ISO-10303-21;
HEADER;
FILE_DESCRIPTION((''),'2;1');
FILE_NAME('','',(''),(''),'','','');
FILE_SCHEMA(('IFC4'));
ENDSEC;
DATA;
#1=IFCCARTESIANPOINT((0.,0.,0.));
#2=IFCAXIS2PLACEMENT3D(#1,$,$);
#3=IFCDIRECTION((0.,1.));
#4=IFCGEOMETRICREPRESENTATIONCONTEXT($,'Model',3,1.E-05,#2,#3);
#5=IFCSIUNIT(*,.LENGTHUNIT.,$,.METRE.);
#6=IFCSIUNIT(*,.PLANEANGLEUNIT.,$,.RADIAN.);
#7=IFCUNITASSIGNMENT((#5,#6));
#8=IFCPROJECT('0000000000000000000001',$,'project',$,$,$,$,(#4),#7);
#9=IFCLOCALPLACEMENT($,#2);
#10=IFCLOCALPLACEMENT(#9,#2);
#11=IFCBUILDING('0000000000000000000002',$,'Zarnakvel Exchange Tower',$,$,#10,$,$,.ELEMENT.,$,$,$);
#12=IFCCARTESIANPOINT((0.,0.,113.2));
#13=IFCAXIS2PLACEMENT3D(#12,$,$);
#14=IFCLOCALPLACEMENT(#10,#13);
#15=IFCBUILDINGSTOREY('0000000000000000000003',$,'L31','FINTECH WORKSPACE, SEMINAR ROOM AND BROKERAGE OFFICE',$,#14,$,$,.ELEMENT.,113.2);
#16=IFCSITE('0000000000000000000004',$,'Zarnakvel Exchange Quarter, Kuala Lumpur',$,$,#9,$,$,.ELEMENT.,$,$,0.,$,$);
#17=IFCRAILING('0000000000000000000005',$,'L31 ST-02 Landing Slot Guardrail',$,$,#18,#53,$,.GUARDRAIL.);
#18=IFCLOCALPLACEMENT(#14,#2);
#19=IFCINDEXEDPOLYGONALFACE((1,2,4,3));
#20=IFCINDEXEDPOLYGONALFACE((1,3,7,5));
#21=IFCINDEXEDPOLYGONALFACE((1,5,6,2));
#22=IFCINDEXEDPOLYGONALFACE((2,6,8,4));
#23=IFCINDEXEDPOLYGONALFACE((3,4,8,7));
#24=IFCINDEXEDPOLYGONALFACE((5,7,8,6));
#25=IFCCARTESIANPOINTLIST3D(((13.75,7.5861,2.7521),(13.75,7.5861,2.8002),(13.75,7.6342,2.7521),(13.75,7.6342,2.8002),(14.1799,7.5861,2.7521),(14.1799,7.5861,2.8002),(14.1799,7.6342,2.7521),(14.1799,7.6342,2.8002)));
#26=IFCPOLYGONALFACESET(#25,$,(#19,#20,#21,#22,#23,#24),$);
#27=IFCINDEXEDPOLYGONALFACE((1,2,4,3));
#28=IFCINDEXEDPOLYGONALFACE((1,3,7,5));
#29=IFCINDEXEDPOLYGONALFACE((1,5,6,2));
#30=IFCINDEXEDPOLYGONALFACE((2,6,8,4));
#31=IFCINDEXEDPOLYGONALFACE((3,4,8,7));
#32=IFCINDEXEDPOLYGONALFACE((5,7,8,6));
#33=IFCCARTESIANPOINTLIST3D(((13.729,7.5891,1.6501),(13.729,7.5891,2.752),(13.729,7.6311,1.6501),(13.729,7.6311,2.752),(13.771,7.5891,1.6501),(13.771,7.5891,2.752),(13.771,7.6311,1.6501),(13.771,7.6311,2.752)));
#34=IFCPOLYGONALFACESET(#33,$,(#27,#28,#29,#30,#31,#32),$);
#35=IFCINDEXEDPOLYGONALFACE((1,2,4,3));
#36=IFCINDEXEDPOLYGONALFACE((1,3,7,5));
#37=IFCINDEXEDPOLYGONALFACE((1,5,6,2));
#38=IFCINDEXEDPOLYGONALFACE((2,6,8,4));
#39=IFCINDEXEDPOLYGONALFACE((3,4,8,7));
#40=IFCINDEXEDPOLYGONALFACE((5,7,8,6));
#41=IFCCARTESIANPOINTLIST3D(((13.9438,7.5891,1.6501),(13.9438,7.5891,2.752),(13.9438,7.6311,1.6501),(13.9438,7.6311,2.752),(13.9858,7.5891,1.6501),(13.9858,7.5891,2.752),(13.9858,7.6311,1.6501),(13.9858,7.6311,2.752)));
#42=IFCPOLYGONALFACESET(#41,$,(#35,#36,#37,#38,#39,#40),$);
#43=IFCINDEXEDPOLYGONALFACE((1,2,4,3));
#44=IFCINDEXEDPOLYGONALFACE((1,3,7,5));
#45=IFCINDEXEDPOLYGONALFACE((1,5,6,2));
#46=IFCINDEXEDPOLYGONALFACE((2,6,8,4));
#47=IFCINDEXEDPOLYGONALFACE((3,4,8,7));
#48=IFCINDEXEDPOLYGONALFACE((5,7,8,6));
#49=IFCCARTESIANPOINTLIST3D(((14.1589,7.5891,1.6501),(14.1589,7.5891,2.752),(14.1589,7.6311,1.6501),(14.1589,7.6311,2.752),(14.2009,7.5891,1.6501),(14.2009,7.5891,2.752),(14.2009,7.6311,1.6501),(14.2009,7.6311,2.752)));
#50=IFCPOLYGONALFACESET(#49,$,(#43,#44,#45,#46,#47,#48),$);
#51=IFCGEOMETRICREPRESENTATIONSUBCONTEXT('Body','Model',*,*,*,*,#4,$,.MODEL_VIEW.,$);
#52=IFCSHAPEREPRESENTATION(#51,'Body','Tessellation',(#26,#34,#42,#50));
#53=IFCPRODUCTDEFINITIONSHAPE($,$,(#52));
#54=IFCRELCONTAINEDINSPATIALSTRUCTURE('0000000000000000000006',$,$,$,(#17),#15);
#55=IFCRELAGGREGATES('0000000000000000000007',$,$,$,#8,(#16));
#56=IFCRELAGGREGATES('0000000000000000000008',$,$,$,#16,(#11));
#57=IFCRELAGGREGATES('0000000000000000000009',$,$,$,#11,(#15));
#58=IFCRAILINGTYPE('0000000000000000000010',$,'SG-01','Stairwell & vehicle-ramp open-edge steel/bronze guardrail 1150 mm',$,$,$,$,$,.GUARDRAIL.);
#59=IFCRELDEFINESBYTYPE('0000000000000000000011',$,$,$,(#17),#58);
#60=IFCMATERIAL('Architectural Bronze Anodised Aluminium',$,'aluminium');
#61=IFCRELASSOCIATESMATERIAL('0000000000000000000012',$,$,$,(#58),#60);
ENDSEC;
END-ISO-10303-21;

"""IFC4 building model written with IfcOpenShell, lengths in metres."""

from ifc_helpers import new_model, si_unit, direction, frame, origin, origin_2d, place, context, subcontext, project, spatial, rectangle, extrude, material, type_object, element, save


model = new_model("IFC4")

# Units and contexts
model_context = context("Model", 3, precision=1e-05, world=origin(), true_north=direction((0.0, 1.0)))
body_context = subcontext(model_context, "Body", "Model", "MODEL_VIEW")
ifc_project = project(units=[si_unit("LENGTHUNIT", "METRE"), si_unit("PLANEANGLEUNIT", "RADIAN")], contexts=[model_context])

# Site, building, storey
site_placement = place(None, origin())
site = spatial("IfcSite", under=ifc_project, at=site_placement, Name="Zarnakvel Exchange Quarter, Kuala Lumpur", CompositionType="ELEMENT", RefElevation=0.0)
building_placement = place(site_placement, origin())
building = spatial("IfcBuilding", under=site, at=building_placement, Name="Zarnakvel Exchange Tower", CompositionType="ELEMENT")
storey_placement = place(building_placement, frame((0.0, 0.0, 113.2)))
storey = spatial("IfcBuildingStorey", under=building, at=storey_placement, Name="L31", Description="FINTECH WORKSPACE, SEMINAR ROOM AND BROKERAGE OFFICE", CompositionType="ELEMENT", Elevation=113.2)

# Shared definitions
ifc_material_1 = material(Name="Architectural Bronze Anodised Aluminium", Category="aluminium")

# Railing
railing_type_1 = type_object("IfcRailingType", Name="SG-01", Description="Stairwell & vehicle-ramp open-edge steel/bronze guardrail 1150 mm", PredefinedType="GUARDRAIL", material=ifc_material_1)
railing_1_placement = place(storey_placement, frame((13.75, 7.6101, 1.6501)))
element("IfcRailing", 1, at=railing_1_placement, inside=storey, type_object=railing_type_1, Name="L31 ST-02 Landing Slot Guardrail", PredefinedType="GUARDRAIL", context=body_context, shape_type="SweptSolid", body=[
    extrude(rectangle(XDim=0.0481, YDim=0.0481, at=origin_2d()), frame((0.0, 0.0, 1.126), z_axis=(1.0, 0.0, 0.0), x_axis=(0.0, 1.0, 0.0)), (0.0, 0.0, 1.0), 0.4299),
    extrude(rectangle(XDim=0.042, YDim=0.042, at=origin_2d()), origin(), (0.0, 0.0, 1.0), 1.1018),
    extrude(rectangle(XDim=0.042, YDim=0.042, at=origin_2d()), frame((0.2148, 0.0, 0.0)), (0.0, 0.0, 1.0), 1.1018),
    extrude(rectangle(XDim=0.042, YDim=0.042, at=origin_2d()), frame((0.4299, 0.0, 0.0)), (0.0, 0.0, 1.0), 1.1018),
])

save(model, "model.ifc")
